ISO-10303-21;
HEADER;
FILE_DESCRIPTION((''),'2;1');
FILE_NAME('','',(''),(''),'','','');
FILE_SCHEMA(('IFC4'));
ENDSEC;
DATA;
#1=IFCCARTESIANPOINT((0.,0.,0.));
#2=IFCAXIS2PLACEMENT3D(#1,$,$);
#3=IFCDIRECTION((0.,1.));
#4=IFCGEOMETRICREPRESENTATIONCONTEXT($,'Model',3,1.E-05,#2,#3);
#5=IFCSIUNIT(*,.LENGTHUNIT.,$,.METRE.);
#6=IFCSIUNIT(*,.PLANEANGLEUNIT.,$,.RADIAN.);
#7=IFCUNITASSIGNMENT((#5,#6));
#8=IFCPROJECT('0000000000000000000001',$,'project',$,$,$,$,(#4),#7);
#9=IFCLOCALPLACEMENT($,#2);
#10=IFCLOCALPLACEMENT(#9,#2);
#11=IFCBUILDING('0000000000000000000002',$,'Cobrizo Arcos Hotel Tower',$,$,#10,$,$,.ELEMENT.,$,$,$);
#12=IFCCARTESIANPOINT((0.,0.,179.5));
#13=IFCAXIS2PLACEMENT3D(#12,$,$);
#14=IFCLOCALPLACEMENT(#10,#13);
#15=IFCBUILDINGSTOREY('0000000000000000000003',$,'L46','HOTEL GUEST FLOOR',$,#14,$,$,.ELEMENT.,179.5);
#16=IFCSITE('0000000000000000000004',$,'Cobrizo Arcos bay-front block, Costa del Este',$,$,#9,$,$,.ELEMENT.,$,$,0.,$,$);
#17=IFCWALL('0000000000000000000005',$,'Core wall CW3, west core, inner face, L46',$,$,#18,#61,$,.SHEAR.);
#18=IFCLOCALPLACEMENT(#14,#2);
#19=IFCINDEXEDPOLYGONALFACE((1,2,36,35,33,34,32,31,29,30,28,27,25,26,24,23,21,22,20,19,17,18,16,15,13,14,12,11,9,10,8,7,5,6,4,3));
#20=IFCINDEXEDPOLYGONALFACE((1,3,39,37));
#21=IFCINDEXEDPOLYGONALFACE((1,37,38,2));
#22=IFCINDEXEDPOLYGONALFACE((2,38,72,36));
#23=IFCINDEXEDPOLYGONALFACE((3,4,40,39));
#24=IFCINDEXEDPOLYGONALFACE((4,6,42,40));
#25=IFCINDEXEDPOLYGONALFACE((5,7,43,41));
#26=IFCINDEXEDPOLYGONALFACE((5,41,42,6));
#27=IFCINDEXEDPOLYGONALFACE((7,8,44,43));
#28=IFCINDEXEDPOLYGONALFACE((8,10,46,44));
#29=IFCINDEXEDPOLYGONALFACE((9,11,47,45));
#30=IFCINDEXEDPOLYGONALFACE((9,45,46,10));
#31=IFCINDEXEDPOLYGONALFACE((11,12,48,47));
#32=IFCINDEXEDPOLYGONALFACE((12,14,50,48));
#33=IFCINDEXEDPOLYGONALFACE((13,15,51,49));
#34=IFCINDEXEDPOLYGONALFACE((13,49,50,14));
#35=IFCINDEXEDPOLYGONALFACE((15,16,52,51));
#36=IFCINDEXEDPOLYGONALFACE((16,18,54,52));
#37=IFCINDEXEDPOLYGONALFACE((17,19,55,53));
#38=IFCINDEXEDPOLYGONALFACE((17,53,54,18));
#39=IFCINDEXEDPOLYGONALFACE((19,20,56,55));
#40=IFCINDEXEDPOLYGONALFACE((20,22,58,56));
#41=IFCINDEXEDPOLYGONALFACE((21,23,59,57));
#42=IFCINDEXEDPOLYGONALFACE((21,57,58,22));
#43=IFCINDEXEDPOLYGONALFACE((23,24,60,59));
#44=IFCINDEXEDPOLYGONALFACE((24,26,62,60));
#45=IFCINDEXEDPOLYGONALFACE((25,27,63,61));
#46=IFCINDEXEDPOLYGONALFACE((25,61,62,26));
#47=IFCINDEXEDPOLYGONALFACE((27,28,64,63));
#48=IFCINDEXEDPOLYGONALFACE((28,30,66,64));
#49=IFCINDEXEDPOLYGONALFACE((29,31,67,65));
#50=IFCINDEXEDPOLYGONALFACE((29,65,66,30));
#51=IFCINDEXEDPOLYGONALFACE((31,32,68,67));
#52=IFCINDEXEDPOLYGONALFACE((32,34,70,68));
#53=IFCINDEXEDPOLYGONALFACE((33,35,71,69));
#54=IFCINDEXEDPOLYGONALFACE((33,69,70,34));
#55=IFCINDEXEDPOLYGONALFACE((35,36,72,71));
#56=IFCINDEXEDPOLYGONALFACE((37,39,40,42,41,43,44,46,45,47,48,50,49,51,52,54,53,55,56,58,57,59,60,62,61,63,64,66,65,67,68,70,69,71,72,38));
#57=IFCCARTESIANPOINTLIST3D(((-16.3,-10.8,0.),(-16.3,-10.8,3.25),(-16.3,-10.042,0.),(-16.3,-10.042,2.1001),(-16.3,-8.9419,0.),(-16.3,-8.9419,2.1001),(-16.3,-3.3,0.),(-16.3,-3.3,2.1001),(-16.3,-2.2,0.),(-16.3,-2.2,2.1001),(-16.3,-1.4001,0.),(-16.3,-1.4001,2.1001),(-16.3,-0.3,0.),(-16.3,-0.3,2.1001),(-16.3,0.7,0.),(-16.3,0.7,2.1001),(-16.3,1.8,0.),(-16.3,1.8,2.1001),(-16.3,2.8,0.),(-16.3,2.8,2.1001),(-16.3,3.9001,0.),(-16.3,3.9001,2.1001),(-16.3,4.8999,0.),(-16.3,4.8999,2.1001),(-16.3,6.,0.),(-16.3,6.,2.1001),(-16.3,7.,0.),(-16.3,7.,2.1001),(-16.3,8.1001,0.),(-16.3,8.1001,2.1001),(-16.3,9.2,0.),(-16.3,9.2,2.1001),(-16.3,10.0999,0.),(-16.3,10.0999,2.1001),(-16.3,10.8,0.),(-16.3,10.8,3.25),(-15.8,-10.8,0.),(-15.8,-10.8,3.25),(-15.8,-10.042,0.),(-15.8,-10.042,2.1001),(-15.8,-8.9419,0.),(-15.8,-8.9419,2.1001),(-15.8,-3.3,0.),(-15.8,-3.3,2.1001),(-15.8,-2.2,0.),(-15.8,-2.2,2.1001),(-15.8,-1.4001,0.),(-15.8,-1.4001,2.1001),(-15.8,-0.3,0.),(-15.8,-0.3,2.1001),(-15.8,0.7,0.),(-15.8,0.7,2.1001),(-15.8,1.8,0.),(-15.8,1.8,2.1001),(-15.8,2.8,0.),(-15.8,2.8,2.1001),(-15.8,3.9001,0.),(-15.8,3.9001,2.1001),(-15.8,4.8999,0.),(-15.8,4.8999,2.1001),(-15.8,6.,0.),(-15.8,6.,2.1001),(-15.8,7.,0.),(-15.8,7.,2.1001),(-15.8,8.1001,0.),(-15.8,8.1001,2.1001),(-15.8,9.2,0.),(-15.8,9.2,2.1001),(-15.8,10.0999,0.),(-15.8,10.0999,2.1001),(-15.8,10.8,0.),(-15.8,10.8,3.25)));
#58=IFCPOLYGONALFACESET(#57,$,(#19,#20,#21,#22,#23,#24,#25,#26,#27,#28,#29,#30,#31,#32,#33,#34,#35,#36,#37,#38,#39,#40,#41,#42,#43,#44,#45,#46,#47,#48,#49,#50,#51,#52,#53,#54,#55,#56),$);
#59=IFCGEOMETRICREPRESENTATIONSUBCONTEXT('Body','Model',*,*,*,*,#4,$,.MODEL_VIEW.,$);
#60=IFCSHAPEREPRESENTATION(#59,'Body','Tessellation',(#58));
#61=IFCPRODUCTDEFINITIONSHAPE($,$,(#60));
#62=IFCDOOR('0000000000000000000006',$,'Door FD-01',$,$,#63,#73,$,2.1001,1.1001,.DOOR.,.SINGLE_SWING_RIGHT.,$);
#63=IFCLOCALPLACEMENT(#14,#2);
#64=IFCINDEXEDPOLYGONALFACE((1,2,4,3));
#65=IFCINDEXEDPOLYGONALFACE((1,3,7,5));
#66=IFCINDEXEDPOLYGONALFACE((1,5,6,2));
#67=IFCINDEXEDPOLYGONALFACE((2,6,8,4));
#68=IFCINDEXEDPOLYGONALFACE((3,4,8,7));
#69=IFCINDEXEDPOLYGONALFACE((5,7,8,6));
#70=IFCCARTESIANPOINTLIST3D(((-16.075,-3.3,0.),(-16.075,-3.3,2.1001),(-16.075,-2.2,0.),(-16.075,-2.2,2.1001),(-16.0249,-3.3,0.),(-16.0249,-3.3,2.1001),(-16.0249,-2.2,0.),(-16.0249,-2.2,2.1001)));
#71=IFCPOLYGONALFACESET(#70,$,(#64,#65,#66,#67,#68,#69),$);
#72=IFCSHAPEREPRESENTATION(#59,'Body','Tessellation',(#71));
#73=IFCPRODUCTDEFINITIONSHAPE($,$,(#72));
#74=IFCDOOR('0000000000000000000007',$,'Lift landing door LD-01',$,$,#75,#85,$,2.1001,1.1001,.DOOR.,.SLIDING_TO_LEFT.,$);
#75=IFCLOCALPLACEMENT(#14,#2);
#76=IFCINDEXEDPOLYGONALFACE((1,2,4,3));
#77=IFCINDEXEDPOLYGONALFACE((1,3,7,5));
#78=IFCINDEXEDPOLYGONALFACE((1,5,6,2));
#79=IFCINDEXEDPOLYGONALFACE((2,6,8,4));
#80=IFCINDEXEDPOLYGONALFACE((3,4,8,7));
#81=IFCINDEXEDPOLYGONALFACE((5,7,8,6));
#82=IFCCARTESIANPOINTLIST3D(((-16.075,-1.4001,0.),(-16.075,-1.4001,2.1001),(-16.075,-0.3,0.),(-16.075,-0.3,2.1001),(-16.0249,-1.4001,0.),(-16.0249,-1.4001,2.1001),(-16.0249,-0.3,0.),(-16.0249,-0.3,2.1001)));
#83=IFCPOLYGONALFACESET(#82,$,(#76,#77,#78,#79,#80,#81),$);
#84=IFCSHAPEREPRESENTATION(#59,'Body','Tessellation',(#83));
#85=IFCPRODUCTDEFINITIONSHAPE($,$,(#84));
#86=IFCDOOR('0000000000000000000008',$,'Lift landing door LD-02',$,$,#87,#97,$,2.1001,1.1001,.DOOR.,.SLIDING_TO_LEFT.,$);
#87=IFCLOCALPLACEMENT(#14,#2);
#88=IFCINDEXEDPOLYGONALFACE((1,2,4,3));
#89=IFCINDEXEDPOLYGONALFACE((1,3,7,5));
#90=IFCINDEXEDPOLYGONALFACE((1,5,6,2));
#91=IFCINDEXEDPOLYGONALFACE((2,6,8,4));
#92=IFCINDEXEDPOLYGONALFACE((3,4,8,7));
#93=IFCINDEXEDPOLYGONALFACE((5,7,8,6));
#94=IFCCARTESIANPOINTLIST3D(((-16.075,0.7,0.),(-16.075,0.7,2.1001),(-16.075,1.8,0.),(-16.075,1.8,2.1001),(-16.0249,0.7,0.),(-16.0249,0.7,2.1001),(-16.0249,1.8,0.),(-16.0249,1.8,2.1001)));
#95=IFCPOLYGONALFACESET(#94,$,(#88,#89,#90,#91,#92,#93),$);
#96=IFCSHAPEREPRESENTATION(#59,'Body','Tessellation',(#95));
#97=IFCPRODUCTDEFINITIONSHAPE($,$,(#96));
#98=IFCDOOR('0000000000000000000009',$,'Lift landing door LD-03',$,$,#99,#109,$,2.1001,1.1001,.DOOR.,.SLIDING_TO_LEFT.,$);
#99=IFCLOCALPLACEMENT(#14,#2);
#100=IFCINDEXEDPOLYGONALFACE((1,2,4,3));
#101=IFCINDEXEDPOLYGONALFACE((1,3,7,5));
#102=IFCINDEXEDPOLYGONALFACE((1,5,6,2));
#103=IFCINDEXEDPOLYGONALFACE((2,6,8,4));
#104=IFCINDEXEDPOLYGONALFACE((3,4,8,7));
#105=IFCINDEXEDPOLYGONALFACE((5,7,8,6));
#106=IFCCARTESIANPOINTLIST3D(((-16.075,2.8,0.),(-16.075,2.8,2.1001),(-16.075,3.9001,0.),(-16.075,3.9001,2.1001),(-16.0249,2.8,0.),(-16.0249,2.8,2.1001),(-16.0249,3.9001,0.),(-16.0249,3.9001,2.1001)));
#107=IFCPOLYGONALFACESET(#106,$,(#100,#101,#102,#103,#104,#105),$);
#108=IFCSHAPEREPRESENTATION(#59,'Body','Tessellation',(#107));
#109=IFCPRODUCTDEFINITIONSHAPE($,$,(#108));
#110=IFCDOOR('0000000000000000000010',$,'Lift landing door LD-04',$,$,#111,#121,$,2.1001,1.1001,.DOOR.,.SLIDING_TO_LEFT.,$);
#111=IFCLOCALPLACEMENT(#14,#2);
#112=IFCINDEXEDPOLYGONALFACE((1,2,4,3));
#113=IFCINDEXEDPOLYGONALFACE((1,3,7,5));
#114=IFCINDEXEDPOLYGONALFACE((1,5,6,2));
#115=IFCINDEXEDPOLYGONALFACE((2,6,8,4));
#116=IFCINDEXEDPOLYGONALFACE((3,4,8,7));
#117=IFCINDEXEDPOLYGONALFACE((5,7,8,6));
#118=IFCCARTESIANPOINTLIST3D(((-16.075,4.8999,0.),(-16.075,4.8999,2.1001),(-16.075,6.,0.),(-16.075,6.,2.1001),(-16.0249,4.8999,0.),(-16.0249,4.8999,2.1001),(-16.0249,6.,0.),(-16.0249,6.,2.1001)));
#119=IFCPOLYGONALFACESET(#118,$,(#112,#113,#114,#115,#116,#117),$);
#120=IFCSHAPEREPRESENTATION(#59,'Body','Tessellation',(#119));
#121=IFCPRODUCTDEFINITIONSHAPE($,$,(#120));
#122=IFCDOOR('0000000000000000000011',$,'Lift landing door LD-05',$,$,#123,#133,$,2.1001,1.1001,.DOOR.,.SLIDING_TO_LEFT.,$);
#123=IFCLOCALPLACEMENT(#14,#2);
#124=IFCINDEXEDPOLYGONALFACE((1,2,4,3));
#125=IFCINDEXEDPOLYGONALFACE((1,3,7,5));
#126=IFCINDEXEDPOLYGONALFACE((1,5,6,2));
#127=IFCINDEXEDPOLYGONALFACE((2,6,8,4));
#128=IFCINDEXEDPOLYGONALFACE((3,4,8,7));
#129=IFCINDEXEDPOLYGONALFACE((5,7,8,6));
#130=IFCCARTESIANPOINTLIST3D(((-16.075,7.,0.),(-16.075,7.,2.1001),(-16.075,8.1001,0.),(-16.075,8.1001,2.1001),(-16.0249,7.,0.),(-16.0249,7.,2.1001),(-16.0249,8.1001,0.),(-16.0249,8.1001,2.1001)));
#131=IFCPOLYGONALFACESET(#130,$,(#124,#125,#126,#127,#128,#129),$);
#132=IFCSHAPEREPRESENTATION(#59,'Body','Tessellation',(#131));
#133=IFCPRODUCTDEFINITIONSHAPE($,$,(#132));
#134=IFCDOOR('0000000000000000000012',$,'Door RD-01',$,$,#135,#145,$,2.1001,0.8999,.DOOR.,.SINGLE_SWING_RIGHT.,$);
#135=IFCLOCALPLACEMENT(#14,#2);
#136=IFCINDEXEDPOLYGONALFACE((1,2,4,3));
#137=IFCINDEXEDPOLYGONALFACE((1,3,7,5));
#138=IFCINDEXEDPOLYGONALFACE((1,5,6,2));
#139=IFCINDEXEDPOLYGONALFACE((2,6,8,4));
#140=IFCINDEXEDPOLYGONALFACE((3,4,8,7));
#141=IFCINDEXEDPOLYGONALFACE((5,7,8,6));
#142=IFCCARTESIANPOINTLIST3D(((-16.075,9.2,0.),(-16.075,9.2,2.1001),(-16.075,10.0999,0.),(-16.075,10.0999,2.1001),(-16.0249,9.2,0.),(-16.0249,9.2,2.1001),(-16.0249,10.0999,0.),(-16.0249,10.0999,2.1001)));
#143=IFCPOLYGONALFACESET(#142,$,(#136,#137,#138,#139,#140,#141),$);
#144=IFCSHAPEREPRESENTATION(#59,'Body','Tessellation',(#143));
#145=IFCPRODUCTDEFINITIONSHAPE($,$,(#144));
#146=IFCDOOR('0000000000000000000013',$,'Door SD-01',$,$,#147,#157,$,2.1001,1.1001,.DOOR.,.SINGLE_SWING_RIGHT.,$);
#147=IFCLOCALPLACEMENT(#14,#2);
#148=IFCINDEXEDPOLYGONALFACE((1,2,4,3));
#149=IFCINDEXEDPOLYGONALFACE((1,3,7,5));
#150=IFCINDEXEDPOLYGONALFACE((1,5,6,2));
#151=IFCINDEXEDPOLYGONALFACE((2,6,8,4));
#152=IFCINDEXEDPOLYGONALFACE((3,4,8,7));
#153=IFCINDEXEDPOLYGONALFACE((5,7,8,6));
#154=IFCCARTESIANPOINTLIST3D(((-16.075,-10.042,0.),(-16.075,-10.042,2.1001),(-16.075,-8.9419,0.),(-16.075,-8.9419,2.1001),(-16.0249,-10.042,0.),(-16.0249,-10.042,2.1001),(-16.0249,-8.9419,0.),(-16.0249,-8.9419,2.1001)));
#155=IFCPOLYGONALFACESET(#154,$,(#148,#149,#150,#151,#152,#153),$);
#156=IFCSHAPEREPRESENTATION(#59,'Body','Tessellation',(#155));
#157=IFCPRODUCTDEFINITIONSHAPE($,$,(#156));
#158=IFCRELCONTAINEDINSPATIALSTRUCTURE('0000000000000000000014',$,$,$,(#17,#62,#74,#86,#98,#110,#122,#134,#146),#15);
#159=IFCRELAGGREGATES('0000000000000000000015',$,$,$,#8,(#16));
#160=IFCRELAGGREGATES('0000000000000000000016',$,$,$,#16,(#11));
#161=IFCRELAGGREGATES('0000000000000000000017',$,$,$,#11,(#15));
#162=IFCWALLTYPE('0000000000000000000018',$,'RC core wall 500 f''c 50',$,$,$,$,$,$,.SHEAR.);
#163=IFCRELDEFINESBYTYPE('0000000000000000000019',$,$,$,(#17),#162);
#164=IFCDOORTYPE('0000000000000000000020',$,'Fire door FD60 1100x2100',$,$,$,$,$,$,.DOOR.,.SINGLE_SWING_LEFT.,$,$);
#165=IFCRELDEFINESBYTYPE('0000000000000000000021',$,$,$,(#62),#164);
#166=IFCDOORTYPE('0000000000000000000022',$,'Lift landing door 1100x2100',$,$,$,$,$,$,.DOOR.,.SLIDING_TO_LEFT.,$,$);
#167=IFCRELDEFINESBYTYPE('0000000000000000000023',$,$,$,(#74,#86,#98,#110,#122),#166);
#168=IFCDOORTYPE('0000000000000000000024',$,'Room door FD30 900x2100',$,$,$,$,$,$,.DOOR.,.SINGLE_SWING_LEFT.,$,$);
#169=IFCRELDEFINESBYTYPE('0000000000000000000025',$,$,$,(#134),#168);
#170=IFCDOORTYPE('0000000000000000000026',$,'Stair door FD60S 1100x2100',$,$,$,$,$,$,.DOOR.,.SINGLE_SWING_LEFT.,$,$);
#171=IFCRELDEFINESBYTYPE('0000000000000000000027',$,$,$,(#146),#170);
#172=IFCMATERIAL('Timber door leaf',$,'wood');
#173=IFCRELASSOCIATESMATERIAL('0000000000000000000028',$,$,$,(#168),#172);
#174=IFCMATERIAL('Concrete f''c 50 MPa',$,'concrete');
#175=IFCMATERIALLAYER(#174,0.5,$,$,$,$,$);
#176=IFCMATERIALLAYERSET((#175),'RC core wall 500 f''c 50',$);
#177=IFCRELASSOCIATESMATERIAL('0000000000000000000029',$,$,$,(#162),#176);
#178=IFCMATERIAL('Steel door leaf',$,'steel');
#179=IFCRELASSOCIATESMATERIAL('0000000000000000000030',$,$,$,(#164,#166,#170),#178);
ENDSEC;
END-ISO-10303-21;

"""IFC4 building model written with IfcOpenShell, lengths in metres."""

from ifc_helpers import new_model, si_unit, direction, frame, frame_2d, origin, place, context, subcontext, project, spatial, rectangle, extrude, material, layer, layer_set, type_object, element, fill, save


model = new_model("IFC4")

# Units and contexts
model_context = context("Model", 3, precision=1e-05, world=origin(), true_north=direction((0.0, 1.0)))
body_context = subcontext(model_context, "Body", "Model", "MODEL_VIEW")
ifc_project = project(units=[si_unit("LENGTHUNIT", "METRE"), si_unit("PLANEANGLEUNIT", "RADIAN")], contexts=[model_context])

# Site, building, storey
site_placement = place(None, origin())
site = spatial("IfcSite", under=ifc_project, at=site_placement, Name="Cobrizo Arcos bay-front block, Costa del Este", CompositionType="ELEMENT", RefElevation=0.0)
building_placement = place(site_placement, origin())
building = spatial("IfcBuilding", under=site, at=building_placement, Name="Cobrizo Arcos Hotel Tower", CompositionType="ELEMENT")
storey_placement = place(building_placement, frame((0.0, 0.0, 179.5)))
storey = spatial("IfcBuildingStorey", under=building, at=storey_placement, Name="L46", Description="HOTEL GUEST FLOOR", CompositionType="ELEMENT", Elevation=179.5)

# Shared definitions
ifc_material_1 = material(Name="Timber door leaf", Category="wood")
door_type_1 = type_object("IfcDoorType", Name="Room door FD30 900x2100", OperationType="SINGLE_SWING_LEFT", PredefinedType="DOOR", material=ifc_material_1)

# Wall, openings, doors
ifc_material_2 = material(Name="Concrete f'c 50 MPa", Category="concrete")
ifc_layer_1 = layer(ifc_material_2, 0.5)
ifc_layer_set_1 = layer_set([ifc_layer_1], Name="RC core wall 500 f'c 50")
wall_type_1 = type_object("IfcWallType", Name="RC core wall 500 f'c 50", PredefinedType="SHEAR", material=ifc_layer_set_1)
wall_1_placement = place(storey_placement, frame((-16.05, -10.8, 0.0), z_axis=(0.0, 0.0, 1.0), x_axis=(0.0, 1.0, 0.0)))
wall_1 = element("IfcWall", 1, at=wall_1_placement, inside=storey, type_object=wall_type_1, Name="Core wall CW3, west core, inner face, L46", PredefinedType="SHEAR", context=body_context, shape_type="SweptSolid", body=[
    extrude(rectangle(XDim=21.6001, YDim=0.5, at=frame_2d((10.8, 0.0))), origin(), (0.0, 0.0, 1.0), 3.25),
])
opening_1_placement = place(wall_1_placement, frame((9.3999, 0.0, 0.0)))
opening_1 = element("IfcOpeningElement", 2, at=opening_1_placement, cuts=wall_1, PredefinedType="OPENING", context=body_context, shape_type="SweptSolid", body=[
    extrude(rectangle(XDim=1.1001, YDim=2.1001, at=frame_2d((0.55, 1.05))), frame((0.0, 0.262, 0.0), z_axis=(0.0, -1.0, 0.0), x_axis=(1.0, 0.0, 0.0)), (0.0, 0.0, 1.0), 0.5239),
])
opening_2_placement = place(wall_1_placement, frame((11.5, 0.0, 0.0)))
opening_2 = element("IfcOpeningElement", 3, at=opening_2_placement, cuts=wall_1, PredefinedType="OPENING", context=body_context, shape_type="SweptSolid", body=[
    extrude(rectangle(XDim=1.1001, YDim=2.1001, at=frame_2d((0.55, 1.05))), frame((0.0, 0.262, 0.0), z_axis=(0.0, -1.0, 0.0), x_axis=(1.0, 0.0, 0.0)), (0.0, 0.0, 1.0), 0.5239),
])
opening_3_placement = place(wall_1_placement, frame((13.6001, 0.0, 0.0)))
opening_3 = element("IfcOpeningElement", 4, at=opening_3_placement, cuts=wall_1, PredefinedType="OPENING", context=body_context, shape_type="SweptSolid", body=[
    extrude(rectangle(XDim=1.1001, YDim=2.1001, at=frame_2d((0.55, 1.05))), frame((0.0, 0.262, 0.0), z_axis=(0.0, -1.0, 0.0), x_axis=(1.0, 0.0, 0.0)), (0.0, 0.0, 1.0), 0.5239),
])
opening_4_placement = place(wall_1_placement, frame((15.7, 0.0, 0.0)))
opening_4 = element("IfcOpeningElement", 5, at=opening_4_placement, cuts=wall_1, PredefinedType="OPENING", context=body_context, shape_type="SweptSolid", body=[
    extrude(rectangle(XDim=1.1001, YDim=2.1001, at=frame_2d((0.55, 1.05))), frame((0.0, 0.262, 0.0), z_axis=(0.0, -1.0, 0.0), x_axis=(1.0, 0.0, 0.0)), (0.0, 0.0, 1.0), 0.5239),
])
opening_5_placement = place(wall_1_placement, frame((17.8, 0.0, 0.0)))
opening_5 = element("IfcOpeningElement", 6, at=opening_5_placement, cuts=wall_1, PredefinedType="OPENING", context=body_context, shape_type="SweptSolid", body=[
    extrude(rectangle(XDim=1.1001, YDim=2.1001, at=frame_2d((0.55, 1.05))), frame((0.0, 0.262, 0.0), z_axis=(0.0, -1.0, 0.0), x_axis=(1.0, 0.0, 0.0)), (0.0, 0.0, 1.0), 0.5239),
])
opening_6_placement = place(wall_1_placement, frame((0.7581, 0.0, 0.0)))
opening_6 = element("IfcOpeningElement", 7, at=opening_6_placement, cuts=wall_1, PredefinedType="OPENING", context=body_context, shape_type="SweptSolid", body=[
    extrude(rectangle(XDim=1.1001, YDim=2.1001, at=frame_2d((0.55, 1.05))), frame((0.0, 0.262, 0.0), z_axis=(0.0, -1.0, 0.0), x_axis=(1.0, 0.0, 0.0)), (0.0, 0.0, 1.0), 0.5239),
])
opening_7_placement = place(wall_1_placement, frame((7.5, 0.0, 0.0)))
opening_7 = element("IfcOpeningElement", 8, at=opening_7_placement, cuts=wall_1, PredefinedType="OPENING", context=body_context, shape_type="SweptSolid", body=[
    extrude(rectangle(XDim=1.1001, YDim=2.1001, at=frame_2d((0.55, 1.05))), frame((0.0, 0.262, 0.0), z_axis=(0.0, -1.0, 0.0), x_axis=(1.0, 0.0, 0.0)), (0.0, 0.0, 1.0), 0.5239),
])
opening_8_placement = place(wall_1_placement, frame((20.0, 0.0, 0.0)))
opening_8 = element("IfcOpeningElement", 9, at=opening_8_placement, cuts=wall_1, PredefinedType="OPENING", context=body_context, shape_type="SweptSolid", body=[
    extrude(rectangle(XDim=0.8999, YDim=2.1001, at=frame_2d((0.45, 1.05))), frame((0.0, 0.262, 0.0), z_axis=(0.0, -1.0, 0.0), x_axis=(1.0, 0.0, 0.0)), (0.0, 0.0, 1.0), 0.5239),
])
ifc_material_3 = material(Name="Steel door leaf", Category="steel")
door_type_2 = type_object("IfcDoorType", Name="Fire door FD60 1100x2100", OperationType="SINGLE_SWING_LEFT", PredefinedType="DOOR", material=ifc_material_3)
door_1_placement = place(opening_7_placement, origin())
door_1 = element("IfcDoor", 10, at=door_1_placement, inside=storey, type_object=door_type_2, Name="Door FD-01", OperationType="SINGLE_SWING_RIGHT", OverallHeight=2.1001, OverallWidth=1.1001, PredefinedType="DOOR", context=body_context, shape_type="SweptSolid", body=[
    extrude(rectangle(XDim=1.1001, YDim=2.1001, at=frame_2d((0.55, 1.05))), frame((0.0, 0.0249, 0.0), z_axis=(0.0, -1.0, 0.0), x_axis=(1.0, 0.0, 0.0)), (0.0, 0.0, 1.0), 0.05),
])
fill(opening_7, door_1)
door_type_3 = type_object("IfcDoorType", Name="Lift landing door 1100x2100", OperationType="SLIDING_TO_LEFT", PredefinedType="DOOR", material=ifc_material_3)
door_2_placement = place(opening_1_placement, origin())
door_2 = element("IfcDoor", 11, at=door_2_placement, inside=storey, type_object=door_type_3, Name="Lift landing door LD-01", OperationType="SLIDING_TO_LEFT", OverallHeight=2.1001, OverallWidth=1.1001, PredefinedType="DOOR", context=body_context, shape_type="SweptSolid", body=[
    extrude(rectangle(XDim=1.1001, YDim=2.1001, at=frame_2d((0.55, 1.05))), frame((0.0, 0.0249, 0.0), z_axis=(0.0, -1.0, 0.0), x_axis=(1.0, 0.0, 0.0)), (0.0, 0.0, 1.0), 0.05),
])
fill(opening_1, door_2)
door_3_placement = place(opening_2_placement, origin())
door_3 = element("IfcDoor", 12, at=door_3_placement, inside=storey, type_object=door_type_3, Name="Lift landing door LD-02", OperationType="SLIDING_TO_LEFT", OverallHeight=2.1001, OverallWidth=1.1001, PredefinedType="DOOR", context=body_context, shape_type="SweptSolid", body=[
    extrude(rectangle(XDim=1.1001, YDim=2.1001, at=frame_2d((0.55, 1.05))), frame((0.0, 0.0249, 0.0), z_axis=(0.0, -1.0, 0.0), x_axis=(1.0, 0.0, 0.0)), (0.0, 0.0, 1.0), 0.05),
])
fill(opening_2, door_3)
door_4_placement = place(opening_3_placement, origin())
door_4 = element("IfcDoor", 13, at=door_4_placement, inside=storey, type_object=door_type_3, Name="Lift landing door LD-03", OperationType="SLIDING_TO_LEFT", OverallHeight=2.1001, OverallWidth=1.1001, PredefinedType="DOOR", context=body_context, shape_type="SweptSolid", body=[
    extrude(rectangle(XDim=1.1001, YDim=2.1001, at=frame_2d((0.55, 1.05))), frame((0.0, 0.0249, 0.0), z_axis=(0.0, -1.0, 0.0), x_axis=(1.0, 0.0, 0.0)), (0.0, 0.0, 1.0), 0.05),
])
fill(opening_3, door_4)
door_5_placement = place(opening_4_placement, origin())
door_5 = element("IfcDoor", 14, at=door_5_placement, inside=storey, type_object=door_type_3, Name="Lift landing door LD-04", OperationType="SLIDING_TO_LEFT", OverallHeight=2.1001, OverallWidth=1.1001, PredefinedType="DOOR", context=body_context, shape_type="SweptSolid", body=[
    extrude(rectangle(XDim=1.1001, YDim=2.1001, at=frame_2d((0.55, 1.05))), frame((0.0, 0.0249, 0.0), z_axis=(0.0, -1.0, 0.0), x_axis=(1.0, 0.0, 0.0)), (0.0, 0.0, 1.0), 0.05),
])
fill(opening_4, door_5)
door_6_placement = place(opening_5_placement, origin())
door_6 = element("IfcDoor", 15, at=door_6_placement, inside=storey, type_object=door_type_3, Name="Lift landing door LD-05", OperationType="SLIDING_TO_LEFT", OverallHeight=2.1001, OverallWidth=1.1001, PredefinedType="DOOR", context=body_context, shape_type="SweptSolid", body=[
    extrude(rectangle(XDim=1.1001, YDim=2.1001, at=frame_2d((0.55, 1.05))), frame((0.0, 0.0249, 0.0), z_axis=(0.0, -1.0, 0.0), x_axis=(1.0, 0.0, 0.0)), (0.0, 0.0, 1.0), 0.05),
])
fill(opening_5, door_6)
door_7_placement = place(opening_8_placement, origin())
door_7 = element("IfcDoor", 16, at=door_7_placement, inside=storey, type_object=door_type_1, Name="Door RD-01", OperationType="SINGLE_SWING_RIGHT", OverallHeight=2.1001, OverallWidth=0.8999, PredefinedType="DOOR", context=body_context, shape_type="SweptSolid", body=[
    extrude(rectangle(XDim=0.8999, YDim=2.1001, at=frame_2d((0.45, 1.05))), frame((0.0, 0.0249, 0.0), z_axis=(0.0, -1.0, 0.0), x_axis=(1.0, 0.0, 0.0)), (0.0, 0.0, 1.0), 0.05),
])
fill(opening_8, door_7)
door_type_4 = type_object("IfcDoorType", Name="Stair door FD60S 1100x2100", OperationType="SINGLE_SWING_LEFT", PredefinedType="DOOR", material=ifc_material_3)
door_8_placement = place(opening_6_placement, origin())
door_8 = element("IfcDoor", 17, at=door_8_placement, inside=storey, type_object=door_type_4, Name="Door SD-01", OperationType="SINGLE_SWING_RIGHT", OverallHeight=2.1001, OverallWidth=1.1001, PredefinedType="DOOR", context=body_context, shape_type="SweptSolid", body=[
    extrude(rectangle(XDim=1.1001, YDim=2.1001, at=frame_2d((0.55, 1.05))), frame((0.0, 0.0249, 0.0), z_axis=(0.0, -1.0, 0.0), x_axis=(1.0, 0.0, 0.0)), (0.0, 0.0, 1.0), 0.05),
])
fill(opening_6, door_8)

save(model, "model.ifc")
